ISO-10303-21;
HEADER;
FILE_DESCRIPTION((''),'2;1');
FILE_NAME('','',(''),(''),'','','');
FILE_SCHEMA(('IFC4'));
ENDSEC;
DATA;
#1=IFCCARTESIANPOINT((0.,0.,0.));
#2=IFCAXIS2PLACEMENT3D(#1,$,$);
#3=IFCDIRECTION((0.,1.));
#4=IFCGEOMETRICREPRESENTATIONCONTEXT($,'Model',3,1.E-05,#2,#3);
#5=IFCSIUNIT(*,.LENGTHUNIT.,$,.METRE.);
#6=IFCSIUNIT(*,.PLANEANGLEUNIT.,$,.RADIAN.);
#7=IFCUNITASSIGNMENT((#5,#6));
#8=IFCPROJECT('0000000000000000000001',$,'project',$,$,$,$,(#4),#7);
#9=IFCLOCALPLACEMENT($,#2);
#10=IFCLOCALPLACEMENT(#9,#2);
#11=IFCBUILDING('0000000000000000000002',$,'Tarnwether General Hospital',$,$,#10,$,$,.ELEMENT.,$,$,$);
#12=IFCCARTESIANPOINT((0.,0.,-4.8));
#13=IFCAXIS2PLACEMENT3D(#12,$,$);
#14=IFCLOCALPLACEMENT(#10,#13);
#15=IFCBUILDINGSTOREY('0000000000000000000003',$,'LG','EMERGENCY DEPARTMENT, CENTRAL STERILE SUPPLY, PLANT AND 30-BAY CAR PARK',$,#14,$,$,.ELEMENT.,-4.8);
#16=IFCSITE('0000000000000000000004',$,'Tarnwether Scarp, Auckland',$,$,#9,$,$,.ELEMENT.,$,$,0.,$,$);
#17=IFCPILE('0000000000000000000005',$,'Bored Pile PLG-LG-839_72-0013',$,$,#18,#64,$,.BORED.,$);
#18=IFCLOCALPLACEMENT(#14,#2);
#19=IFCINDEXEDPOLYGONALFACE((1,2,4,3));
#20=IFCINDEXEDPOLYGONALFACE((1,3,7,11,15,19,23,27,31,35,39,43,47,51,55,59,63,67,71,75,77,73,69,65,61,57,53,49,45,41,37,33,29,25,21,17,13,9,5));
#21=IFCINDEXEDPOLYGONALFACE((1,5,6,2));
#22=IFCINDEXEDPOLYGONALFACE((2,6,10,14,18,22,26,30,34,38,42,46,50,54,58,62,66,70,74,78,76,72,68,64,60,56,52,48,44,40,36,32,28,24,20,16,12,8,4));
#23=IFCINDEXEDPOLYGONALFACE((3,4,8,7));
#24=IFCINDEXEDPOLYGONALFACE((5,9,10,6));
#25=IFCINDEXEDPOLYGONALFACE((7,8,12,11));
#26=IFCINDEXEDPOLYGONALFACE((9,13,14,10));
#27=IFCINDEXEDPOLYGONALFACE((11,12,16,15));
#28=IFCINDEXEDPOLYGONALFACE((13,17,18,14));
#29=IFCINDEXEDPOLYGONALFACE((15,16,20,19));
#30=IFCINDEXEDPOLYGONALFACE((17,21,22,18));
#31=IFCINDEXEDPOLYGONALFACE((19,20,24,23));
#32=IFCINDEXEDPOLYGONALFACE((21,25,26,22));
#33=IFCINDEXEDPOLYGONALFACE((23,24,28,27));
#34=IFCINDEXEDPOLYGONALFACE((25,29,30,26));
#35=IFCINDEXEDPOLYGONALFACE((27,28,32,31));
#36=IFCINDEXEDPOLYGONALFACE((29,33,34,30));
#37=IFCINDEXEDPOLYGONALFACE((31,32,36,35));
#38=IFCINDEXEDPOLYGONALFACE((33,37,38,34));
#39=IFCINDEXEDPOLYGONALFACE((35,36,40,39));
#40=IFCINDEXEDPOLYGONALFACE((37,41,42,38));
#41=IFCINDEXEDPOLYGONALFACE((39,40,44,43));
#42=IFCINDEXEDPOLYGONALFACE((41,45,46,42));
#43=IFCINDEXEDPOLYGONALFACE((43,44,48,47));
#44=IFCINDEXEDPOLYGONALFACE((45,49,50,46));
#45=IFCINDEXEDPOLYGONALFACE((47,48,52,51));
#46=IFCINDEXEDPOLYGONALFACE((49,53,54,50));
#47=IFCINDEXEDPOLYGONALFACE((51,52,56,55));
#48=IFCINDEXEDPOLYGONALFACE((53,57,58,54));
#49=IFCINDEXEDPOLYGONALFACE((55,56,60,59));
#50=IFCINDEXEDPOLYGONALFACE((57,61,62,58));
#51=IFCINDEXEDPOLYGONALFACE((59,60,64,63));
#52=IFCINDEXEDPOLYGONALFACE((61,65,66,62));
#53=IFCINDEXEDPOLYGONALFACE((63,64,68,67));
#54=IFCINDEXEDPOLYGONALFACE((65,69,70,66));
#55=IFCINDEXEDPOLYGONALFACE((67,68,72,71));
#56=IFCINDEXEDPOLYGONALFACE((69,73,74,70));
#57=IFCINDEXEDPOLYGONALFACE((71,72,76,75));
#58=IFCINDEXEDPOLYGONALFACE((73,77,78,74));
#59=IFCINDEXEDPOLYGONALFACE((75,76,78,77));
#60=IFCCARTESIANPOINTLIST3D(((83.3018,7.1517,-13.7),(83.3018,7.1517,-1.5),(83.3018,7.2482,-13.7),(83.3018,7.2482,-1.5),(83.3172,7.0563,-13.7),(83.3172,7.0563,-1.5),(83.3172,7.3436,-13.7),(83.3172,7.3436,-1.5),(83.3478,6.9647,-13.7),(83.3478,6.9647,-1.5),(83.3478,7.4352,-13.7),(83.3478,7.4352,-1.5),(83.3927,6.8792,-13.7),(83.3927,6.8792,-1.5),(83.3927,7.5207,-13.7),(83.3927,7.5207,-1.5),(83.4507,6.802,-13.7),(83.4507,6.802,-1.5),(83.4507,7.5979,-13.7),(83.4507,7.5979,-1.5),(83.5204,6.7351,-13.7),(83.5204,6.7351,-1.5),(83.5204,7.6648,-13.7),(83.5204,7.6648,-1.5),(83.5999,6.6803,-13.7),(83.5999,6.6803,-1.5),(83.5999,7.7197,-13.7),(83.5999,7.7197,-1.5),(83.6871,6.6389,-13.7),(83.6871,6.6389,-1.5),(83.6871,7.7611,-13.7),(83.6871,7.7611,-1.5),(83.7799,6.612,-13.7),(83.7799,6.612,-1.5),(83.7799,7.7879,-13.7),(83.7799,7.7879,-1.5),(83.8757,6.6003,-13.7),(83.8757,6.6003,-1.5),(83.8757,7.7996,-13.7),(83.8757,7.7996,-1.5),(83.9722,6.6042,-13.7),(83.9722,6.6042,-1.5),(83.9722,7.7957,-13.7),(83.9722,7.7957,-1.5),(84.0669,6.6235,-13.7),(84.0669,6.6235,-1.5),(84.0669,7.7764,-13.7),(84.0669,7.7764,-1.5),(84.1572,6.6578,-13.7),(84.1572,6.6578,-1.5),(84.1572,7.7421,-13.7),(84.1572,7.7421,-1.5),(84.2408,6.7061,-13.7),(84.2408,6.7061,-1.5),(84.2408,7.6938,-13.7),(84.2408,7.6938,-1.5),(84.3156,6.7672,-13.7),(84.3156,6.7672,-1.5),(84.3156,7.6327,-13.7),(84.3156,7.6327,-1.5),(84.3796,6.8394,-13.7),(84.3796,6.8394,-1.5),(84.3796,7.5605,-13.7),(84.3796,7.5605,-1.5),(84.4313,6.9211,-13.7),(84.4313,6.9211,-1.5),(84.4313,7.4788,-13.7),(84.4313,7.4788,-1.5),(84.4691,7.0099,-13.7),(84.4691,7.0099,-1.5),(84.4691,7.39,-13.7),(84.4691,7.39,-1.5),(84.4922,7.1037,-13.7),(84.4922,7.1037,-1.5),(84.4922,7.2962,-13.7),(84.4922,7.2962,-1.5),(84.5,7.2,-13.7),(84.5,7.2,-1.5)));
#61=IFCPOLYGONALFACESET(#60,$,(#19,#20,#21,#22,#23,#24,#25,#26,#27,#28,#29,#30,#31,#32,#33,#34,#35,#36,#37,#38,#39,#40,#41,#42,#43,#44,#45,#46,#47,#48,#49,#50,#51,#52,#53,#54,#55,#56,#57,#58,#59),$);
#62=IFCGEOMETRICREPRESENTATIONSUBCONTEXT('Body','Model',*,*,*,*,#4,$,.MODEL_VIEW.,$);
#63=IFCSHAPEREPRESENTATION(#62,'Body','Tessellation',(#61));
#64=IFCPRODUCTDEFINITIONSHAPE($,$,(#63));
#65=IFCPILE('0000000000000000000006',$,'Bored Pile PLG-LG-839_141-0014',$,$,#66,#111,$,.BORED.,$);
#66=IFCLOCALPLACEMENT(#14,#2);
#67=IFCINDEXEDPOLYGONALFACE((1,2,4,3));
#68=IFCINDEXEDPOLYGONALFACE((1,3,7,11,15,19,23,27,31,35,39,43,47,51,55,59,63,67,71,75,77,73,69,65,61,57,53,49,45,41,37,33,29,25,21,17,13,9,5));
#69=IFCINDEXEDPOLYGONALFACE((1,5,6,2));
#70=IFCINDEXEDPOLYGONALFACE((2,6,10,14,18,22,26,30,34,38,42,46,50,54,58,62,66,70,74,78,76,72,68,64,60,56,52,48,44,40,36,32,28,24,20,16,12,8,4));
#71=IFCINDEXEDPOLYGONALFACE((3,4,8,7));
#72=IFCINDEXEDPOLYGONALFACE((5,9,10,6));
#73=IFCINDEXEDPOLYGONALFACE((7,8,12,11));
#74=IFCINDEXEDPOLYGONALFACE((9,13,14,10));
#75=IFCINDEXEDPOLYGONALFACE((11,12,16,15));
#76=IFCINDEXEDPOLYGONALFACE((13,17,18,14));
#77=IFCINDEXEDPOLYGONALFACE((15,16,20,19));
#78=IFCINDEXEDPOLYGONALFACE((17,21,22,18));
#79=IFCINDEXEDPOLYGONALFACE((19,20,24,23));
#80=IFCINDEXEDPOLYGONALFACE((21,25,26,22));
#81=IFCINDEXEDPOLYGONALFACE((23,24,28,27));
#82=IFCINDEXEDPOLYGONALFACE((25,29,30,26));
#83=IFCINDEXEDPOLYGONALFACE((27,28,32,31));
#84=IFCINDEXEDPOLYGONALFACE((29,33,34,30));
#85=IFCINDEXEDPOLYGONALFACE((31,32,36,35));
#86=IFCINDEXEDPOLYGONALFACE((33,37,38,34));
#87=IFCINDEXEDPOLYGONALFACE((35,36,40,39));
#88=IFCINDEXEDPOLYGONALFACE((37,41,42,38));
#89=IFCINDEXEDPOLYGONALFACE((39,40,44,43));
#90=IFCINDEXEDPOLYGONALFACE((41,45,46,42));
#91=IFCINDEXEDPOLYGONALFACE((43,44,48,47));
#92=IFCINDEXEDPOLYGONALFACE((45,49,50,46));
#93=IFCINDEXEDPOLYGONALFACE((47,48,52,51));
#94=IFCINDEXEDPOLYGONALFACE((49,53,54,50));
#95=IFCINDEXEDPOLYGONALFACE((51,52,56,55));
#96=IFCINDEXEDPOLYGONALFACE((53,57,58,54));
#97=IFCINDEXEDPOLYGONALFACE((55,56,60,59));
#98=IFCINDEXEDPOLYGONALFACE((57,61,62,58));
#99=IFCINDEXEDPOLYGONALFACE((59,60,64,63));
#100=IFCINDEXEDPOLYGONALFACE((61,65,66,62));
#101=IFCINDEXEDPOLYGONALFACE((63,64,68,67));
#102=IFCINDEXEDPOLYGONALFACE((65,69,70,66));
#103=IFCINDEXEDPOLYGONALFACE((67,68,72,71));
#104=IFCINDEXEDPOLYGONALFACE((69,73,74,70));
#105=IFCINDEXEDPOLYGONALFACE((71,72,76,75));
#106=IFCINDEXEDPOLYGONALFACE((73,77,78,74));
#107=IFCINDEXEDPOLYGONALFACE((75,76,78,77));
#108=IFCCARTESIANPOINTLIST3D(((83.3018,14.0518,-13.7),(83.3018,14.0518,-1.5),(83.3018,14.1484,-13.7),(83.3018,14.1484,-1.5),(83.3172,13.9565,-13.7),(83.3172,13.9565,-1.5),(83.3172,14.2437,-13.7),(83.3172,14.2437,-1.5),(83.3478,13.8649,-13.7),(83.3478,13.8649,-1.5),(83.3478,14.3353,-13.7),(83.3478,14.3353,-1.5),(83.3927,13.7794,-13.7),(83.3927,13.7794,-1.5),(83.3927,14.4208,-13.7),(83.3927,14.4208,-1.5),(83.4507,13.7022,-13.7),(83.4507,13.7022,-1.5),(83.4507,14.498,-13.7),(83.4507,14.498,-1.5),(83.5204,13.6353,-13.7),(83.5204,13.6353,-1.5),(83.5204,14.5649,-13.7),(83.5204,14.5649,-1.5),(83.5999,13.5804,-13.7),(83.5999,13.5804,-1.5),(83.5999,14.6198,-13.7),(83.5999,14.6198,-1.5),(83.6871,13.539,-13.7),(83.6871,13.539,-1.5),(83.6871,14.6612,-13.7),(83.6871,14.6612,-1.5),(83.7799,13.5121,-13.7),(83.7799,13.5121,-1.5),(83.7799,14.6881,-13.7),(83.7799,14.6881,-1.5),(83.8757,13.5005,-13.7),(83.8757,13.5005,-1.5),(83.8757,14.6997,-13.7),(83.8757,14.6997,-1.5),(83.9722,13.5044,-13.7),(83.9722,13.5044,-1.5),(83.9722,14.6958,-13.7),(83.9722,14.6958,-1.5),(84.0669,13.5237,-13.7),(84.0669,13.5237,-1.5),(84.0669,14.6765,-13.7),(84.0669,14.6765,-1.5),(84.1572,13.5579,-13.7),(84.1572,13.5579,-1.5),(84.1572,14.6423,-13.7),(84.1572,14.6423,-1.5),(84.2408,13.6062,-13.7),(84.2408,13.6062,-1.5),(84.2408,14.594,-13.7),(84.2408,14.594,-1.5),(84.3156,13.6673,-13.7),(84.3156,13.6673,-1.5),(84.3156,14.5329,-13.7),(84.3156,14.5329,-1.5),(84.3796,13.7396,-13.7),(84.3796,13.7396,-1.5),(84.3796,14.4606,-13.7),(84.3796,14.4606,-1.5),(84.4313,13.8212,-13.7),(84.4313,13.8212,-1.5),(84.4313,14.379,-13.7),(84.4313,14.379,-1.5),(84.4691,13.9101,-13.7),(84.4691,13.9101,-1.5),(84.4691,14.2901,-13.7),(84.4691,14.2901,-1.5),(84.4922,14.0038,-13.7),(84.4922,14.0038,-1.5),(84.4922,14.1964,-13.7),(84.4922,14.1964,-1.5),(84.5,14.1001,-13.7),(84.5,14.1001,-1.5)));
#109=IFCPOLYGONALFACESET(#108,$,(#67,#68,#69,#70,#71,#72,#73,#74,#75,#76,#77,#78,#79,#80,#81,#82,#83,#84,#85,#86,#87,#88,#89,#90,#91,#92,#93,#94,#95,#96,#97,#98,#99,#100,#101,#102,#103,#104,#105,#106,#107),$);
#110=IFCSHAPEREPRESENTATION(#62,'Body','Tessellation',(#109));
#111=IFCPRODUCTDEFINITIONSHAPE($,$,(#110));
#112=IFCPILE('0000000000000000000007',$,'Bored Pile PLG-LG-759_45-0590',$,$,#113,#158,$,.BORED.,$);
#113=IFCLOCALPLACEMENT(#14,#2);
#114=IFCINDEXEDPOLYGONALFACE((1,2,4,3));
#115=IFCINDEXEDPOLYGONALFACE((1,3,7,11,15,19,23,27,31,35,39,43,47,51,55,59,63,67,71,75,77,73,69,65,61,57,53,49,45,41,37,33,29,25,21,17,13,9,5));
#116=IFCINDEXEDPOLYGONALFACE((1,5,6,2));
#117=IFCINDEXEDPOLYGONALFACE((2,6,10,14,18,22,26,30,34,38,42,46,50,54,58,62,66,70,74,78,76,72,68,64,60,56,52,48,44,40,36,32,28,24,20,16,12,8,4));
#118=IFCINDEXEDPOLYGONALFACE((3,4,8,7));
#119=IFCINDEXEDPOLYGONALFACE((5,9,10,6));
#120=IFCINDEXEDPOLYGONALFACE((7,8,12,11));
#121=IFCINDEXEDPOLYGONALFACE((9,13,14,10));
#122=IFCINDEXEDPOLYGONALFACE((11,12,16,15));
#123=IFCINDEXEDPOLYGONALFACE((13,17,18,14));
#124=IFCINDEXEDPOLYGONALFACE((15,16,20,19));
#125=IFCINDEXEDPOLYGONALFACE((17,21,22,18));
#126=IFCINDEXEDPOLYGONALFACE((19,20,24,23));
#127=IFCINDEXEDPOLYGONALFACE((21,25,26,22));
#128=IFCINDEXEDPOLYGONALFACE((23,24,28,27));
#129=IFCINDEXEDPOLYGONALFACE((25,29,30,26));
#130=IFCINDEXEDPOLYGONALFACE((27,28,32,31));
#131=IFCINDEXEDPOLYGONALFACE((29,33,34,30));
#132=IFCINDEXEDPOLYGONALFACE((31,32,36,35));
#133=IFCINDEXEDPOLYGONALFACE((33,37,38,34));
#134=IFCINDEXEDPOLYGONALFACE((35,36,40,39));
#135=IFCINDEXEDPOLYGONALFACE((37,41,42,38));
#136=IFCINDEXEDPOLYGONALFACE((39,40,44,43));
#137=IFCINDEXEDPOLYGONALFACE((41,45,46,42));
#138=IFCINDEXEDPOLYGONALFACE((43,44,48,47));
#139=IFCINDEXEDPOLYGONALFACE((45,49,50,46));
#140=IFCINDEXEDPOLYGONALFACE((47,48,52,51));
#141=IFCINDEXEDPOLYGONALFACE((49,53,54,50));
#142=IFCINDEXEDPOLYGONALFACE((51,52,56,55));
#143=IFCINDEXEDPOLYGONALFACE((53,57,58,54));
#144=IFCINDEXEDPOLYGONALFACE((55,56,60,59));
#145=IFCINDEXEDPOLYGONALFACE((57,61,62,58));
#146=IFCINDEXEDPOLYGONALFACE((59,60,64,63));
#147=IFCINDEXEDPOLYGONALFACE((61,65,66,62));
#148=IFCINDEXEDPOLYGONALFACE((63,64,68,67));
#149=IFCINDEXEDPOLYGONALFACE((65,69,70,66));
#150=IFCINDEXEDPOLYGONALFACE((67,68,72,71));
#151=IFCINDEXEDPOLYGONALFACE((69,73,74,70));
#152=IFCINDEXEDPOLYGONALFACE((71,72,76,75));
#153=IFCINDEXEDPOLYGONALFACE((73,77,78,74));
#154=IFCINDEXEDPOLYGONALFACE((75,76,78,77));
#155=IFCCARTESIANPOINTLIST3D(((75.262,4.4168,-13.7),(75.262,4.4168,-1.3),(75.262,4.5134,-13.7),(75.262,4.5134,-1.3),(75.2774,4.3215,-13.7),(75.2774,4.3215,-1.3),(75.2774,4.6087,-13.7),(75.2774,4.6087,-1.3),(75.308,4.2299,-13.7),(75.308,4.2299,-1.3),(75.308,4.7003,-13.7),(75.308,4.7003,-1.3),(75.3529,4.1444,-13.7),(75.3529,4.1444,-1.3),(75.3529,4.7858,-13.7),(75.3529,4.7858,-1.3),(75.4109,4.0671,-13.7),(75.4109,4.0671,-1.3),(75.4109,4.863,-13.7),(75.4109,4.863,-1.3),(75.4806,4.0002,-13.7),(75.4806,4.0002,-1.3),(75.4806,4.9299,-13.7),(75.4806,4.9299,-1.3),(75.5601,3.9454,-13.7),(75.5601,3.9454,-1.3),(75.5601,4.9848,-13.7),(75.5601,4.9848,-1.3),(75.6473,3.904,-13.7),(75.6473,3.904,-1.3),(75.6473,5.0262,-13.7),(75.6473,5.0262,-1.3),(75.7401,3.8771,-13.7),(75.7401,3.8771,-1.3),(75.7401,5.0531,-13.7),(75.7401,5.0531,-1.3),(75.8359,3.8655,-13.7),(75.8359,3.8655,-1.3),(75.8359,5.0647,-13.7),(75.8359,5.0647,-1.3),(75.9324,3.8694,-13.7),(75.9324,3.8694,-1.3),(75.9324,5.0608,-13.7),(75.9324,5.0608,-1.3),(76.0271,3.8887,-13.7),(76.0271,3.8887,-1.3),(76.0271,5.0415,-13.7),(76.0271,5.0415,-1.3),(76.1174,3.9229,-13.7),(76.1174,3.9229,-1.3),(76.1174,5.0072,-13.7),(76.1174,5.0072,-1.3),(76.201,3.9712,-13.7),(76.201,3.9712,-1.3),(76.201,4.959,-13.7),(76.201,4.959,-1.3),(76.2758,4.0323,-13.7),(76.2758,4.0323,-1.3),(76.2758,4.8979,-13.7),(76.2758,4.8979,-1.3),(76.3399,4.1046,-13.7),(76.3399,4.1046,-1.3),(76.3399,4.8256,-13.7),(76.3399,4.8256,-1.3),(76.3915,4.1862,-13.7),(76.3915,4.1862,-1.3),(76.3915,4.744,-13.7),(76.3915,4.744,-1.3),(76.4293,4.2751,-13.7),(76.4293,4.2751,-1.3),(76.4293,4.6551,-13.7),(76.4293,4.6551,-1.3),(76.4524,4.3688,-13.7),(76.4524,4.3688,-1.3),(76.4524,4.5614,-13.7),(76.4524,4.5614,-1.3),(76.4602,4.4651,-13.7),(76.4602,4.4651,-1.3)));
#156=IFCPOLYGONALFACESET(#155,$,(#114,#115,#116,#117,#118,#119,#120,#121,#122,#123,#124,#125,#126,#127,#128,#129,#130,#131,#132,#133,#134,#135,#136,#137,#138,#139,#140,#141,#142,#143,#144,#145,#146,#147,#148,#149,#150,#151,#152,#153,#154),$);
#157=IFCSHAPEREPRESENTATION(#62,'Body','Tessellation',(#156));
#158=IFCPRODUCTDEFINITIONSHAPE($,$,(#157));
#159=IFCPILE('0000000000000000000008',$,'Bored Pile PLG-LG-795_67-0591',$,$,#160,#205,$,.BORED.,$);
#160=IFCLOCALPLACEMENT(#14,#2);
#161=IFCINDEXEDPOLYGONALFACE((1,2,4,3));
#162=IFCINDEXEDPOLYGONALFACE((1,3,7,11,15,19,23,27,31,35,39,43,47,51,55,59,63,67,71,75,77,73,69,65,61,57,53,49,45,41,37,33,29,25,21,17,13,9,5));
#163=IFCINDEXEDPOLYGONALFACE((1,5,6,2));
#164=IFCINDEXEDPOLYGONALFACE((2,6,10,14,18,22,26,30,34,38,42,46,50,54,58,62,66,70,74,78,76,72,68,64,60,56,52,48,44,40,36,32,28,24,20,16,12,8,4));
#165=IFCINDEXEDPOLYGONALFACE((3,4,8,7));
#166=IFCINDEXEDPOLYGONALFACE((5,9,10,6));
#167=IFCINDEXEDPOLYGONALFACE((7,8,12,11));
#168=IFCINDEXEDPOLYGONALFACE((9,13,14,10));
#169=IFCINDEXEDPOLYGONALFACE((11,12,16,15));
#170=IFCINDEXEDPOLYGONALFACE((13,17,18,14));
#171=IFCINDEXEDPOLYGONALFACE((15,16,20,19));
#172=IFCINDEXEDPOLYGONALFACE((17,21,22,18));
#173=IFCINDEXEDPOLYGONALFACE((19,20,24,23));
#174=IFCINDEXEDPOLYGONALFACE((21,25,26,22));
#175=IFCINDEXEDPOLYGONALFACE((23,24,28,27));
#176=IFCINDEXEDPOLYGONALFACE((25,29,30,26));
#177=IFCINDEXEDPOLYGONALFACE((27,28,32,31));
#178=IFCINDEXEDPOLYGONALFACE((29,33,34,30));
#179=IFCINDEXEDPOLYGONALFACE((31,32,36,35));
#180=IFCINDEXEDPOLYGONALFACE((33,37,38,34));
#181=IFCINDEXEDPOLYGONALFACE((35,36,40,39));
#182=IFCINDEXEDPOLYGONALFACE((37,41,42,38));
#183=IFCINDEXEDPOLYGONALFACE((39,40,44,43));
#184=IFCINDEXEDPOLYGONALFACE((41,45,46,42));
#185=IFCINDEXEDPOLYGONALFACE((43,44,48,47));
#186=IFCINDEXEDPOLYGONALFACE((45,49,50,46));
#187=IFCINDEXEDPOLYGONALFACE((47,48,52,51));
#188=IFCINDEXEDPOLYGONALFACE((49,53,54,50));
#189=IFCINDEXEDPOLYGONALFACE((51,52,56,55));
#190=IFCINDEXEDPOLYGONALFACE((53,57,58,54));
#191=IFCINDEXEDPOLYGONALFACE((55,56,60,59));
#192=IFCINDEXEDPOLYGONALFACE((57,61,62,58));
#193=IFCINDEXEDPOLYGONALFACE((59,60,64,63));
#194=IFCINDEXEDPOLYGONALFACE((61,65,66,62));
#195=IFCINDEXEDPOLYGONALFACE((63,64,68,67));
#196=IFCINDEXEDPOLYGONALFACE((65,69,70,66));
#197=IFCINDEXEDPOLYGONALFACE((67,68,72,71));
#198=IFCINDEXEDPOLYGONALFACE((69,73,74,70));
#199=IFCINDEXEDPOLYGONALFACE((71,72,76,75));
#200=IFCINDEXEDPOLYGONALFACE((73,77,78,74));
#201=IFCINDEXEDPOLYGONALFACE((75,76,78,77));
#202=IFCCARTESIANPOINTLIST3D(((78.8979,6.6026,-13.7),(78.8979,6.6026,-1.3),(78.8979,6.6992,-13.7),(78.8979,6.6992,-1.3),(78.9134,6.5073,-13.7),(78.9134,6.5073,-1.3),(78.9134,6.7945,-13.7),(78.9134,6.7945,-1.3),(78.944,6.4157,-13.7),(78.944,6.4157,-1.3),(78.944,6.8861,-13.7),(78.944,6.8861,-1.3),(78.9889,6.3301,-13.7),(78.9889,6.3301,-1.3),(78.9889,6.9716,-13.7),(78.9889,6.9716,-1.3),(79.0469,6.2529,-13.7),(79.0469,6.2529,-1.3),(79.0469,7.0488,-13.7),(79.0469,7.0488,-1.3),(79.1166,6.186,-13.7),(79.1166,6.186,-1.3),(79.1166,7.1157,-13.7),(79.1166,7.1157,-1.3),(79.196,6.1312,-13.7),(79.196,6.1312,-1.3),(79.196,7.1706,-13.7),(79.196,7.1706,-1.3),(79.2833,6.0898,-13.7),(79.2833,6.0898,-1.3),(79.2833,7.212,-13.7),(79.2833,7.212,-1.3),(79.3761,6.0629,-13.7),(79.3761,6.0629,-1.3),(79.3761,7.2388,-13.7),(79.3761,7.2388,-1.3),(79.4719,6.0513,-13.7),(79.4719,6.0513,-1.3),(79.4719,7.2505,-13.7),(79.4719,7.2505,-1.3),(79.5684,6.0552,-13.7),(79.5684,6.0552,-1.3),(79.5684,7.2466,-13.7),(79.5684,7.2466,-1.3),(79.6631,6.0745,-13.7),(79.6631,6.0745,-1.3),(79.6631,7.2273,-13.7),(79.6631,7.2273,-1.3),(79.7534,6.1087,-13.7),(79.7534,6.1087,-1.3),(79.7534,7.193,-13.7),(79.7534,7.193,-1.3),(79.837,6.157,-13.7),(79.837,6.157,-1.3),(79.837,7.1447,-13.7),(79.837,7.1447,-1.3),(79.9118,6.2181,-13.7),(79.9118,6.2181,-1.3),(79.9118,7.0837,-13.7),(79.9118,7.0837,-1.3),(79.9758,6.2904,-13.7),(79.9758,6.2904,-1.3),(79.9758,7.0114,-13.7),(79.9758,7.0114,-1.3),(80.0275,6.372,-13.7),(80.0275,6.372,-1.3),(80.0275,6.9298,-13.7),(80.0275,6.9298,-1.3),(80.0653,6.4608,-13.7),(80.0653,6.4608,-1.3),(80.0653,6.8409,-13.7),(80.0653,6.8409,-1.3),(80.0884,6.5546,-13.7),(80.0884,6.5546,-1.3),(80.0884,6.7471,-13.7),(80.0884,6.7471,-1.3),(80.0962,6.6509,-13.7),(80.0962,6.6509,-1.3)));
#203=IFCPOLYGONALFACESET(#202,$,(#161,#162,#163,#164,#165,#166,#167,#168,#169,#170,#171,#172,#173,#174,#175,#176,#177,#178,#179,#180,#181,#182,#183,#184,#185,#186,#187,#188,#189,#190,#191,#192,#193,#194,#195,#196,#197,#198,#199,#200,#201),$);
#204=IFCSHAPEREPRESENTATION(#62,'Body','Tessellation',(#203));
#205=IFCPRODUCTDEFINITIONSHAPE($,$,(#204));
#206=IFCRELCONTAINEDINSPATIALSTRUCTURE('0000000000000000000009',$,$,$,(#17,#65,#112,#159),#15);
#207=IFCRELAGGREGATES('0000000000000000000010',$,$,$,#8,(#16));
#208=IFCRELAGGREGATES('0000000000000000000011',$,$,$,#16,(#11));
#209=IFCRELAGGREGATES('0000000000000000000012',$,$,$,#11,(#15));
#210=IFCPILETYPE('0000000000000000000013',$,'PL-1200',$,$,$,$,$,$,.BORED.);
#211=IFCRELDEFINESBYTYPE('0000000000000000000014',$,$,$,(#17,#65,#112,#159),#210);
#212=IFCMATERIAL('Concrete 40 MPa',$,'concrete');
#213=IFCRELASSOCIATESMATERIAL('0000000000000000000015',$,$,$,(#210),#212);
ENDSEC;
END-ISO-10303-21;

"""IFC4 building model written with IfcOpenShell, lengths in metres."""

from ifc_helpers import new_model, si_unit, direction, frame, origin, origin_2d, place, context, subcontext, project, spatial, circle, extrude, material, material_profile, profile_set, type_object, element, save


model = new_model("IFC4")

# Units and contexts
model_context = context("Model", 3, precision=1e-05, world=origin(), true_north=direction((0.0, 1.0)))
body_context = subcontext(model_context, "Body", "Model", "MODEL_VIEW")
ifc_project = project(units=[si_unit("LENGTHUNIT", "METRE"), si_unit("PLANEANGLEUNIT", "RADIAN")], contexts=[model_context])

# Site, building, storey
site_placement = place(None, origin())
site = spatial("IfcSite", under=ifc_project, at=site_placement, Name="Tarnwether Scarp, Auckland", CompositionType="ELEMENT", RefElevation=0.0)
building_placement = place(site_placement, origin())
building = spatial("IfcBuilding", under=site, at=building_placement, Name="Tarnwether General Hospital", CompositionType="ELEMENT")
storey_placement = place(building_placement, frame((0.0, 0.0, -4.8)))
storey = spatial("IfcBuildingStorey", under=building, at=storey_placement, Name="LG", Description="EMERGENCY DEPARTMENT, CENTRAL STERILE SUPPLY, PLANT AND 30-BAY CAR PARK", CompositionType="ELEMENT", Elevation=-4.8)

# Piles
ifc_material_1 = material(Name="Concrete 40 MPa", Category="concrete")
ifc_material_profile_1 = material_profile(ifc_material_1, circle(Radius=0.6001, at=origin_2d()), Name="PILE-D1200")
ifc_profile_set_1 = profile_set([ifc_material_profile_1], Name="Concrete 40 MPa")
pile_type_1 = type_object("IfcPileType", Name="PL-1200", PredefinedType="BORED", material=ifc_profile_set_1)
for number, where, z_axis, x_axis, name in (
    (1, (83.8999, 7.2, -1.5), (0.0, 0.0, -1.0), (1.0, 0.0, 0.0), "Bored Pile PLG-LG-839_72-0013"),
    (2, (83.8999, 14.1001, -1.5), (0.0, 0.0, -1.0), (1.0, 0.0, 0.0), "Bored Pile PLG-LG-839_141-0014"),
):
    element("IfcPile", number, at=place(storey_placement, frame(where, z_axis=z_axis, x_axis=x_axis)), inside=storey, type_object=pile_type_1, Name=name, PredefinedType="BORED", context=body_context, shape_type="SweptSolid", body=[
        extrude(circle(Radius=0.6001, at=origin_2d()), origin(), (0.0, 0.0, 1.0), 12.2),
    ])
for number, where, z_axis, x_axis, name in (
    (3, (75.8601, 4.4651, -1.3), (0.0, 0.0, -1.0), (1.0, 0.0, 0.0), "Bored Pile PLG-LG-759_45-0590"),
    (4, (79.4961, 6.6509, -1.3), (0.0, 0.0, -1.0), (1.0, 0.0, 0.0), "Bored Pile PLG-LG-795_67-0591"),
):
    element("IfcPile", number, at=place(storey_placement, frame(where, z_axis=z_axis, x_axis=x_axis)), inside=storey, type_object=pile_type_1, Name=name, PredefinedType="BORED", context=body_context, shape_type="SweptSolid", body=[
        extrude(circle(Radius=0.6001, at=origin_2d()), origin(), (0.0, 0.0, 1.0), 12.3999),
    ])

save(model, "model.ifc")
